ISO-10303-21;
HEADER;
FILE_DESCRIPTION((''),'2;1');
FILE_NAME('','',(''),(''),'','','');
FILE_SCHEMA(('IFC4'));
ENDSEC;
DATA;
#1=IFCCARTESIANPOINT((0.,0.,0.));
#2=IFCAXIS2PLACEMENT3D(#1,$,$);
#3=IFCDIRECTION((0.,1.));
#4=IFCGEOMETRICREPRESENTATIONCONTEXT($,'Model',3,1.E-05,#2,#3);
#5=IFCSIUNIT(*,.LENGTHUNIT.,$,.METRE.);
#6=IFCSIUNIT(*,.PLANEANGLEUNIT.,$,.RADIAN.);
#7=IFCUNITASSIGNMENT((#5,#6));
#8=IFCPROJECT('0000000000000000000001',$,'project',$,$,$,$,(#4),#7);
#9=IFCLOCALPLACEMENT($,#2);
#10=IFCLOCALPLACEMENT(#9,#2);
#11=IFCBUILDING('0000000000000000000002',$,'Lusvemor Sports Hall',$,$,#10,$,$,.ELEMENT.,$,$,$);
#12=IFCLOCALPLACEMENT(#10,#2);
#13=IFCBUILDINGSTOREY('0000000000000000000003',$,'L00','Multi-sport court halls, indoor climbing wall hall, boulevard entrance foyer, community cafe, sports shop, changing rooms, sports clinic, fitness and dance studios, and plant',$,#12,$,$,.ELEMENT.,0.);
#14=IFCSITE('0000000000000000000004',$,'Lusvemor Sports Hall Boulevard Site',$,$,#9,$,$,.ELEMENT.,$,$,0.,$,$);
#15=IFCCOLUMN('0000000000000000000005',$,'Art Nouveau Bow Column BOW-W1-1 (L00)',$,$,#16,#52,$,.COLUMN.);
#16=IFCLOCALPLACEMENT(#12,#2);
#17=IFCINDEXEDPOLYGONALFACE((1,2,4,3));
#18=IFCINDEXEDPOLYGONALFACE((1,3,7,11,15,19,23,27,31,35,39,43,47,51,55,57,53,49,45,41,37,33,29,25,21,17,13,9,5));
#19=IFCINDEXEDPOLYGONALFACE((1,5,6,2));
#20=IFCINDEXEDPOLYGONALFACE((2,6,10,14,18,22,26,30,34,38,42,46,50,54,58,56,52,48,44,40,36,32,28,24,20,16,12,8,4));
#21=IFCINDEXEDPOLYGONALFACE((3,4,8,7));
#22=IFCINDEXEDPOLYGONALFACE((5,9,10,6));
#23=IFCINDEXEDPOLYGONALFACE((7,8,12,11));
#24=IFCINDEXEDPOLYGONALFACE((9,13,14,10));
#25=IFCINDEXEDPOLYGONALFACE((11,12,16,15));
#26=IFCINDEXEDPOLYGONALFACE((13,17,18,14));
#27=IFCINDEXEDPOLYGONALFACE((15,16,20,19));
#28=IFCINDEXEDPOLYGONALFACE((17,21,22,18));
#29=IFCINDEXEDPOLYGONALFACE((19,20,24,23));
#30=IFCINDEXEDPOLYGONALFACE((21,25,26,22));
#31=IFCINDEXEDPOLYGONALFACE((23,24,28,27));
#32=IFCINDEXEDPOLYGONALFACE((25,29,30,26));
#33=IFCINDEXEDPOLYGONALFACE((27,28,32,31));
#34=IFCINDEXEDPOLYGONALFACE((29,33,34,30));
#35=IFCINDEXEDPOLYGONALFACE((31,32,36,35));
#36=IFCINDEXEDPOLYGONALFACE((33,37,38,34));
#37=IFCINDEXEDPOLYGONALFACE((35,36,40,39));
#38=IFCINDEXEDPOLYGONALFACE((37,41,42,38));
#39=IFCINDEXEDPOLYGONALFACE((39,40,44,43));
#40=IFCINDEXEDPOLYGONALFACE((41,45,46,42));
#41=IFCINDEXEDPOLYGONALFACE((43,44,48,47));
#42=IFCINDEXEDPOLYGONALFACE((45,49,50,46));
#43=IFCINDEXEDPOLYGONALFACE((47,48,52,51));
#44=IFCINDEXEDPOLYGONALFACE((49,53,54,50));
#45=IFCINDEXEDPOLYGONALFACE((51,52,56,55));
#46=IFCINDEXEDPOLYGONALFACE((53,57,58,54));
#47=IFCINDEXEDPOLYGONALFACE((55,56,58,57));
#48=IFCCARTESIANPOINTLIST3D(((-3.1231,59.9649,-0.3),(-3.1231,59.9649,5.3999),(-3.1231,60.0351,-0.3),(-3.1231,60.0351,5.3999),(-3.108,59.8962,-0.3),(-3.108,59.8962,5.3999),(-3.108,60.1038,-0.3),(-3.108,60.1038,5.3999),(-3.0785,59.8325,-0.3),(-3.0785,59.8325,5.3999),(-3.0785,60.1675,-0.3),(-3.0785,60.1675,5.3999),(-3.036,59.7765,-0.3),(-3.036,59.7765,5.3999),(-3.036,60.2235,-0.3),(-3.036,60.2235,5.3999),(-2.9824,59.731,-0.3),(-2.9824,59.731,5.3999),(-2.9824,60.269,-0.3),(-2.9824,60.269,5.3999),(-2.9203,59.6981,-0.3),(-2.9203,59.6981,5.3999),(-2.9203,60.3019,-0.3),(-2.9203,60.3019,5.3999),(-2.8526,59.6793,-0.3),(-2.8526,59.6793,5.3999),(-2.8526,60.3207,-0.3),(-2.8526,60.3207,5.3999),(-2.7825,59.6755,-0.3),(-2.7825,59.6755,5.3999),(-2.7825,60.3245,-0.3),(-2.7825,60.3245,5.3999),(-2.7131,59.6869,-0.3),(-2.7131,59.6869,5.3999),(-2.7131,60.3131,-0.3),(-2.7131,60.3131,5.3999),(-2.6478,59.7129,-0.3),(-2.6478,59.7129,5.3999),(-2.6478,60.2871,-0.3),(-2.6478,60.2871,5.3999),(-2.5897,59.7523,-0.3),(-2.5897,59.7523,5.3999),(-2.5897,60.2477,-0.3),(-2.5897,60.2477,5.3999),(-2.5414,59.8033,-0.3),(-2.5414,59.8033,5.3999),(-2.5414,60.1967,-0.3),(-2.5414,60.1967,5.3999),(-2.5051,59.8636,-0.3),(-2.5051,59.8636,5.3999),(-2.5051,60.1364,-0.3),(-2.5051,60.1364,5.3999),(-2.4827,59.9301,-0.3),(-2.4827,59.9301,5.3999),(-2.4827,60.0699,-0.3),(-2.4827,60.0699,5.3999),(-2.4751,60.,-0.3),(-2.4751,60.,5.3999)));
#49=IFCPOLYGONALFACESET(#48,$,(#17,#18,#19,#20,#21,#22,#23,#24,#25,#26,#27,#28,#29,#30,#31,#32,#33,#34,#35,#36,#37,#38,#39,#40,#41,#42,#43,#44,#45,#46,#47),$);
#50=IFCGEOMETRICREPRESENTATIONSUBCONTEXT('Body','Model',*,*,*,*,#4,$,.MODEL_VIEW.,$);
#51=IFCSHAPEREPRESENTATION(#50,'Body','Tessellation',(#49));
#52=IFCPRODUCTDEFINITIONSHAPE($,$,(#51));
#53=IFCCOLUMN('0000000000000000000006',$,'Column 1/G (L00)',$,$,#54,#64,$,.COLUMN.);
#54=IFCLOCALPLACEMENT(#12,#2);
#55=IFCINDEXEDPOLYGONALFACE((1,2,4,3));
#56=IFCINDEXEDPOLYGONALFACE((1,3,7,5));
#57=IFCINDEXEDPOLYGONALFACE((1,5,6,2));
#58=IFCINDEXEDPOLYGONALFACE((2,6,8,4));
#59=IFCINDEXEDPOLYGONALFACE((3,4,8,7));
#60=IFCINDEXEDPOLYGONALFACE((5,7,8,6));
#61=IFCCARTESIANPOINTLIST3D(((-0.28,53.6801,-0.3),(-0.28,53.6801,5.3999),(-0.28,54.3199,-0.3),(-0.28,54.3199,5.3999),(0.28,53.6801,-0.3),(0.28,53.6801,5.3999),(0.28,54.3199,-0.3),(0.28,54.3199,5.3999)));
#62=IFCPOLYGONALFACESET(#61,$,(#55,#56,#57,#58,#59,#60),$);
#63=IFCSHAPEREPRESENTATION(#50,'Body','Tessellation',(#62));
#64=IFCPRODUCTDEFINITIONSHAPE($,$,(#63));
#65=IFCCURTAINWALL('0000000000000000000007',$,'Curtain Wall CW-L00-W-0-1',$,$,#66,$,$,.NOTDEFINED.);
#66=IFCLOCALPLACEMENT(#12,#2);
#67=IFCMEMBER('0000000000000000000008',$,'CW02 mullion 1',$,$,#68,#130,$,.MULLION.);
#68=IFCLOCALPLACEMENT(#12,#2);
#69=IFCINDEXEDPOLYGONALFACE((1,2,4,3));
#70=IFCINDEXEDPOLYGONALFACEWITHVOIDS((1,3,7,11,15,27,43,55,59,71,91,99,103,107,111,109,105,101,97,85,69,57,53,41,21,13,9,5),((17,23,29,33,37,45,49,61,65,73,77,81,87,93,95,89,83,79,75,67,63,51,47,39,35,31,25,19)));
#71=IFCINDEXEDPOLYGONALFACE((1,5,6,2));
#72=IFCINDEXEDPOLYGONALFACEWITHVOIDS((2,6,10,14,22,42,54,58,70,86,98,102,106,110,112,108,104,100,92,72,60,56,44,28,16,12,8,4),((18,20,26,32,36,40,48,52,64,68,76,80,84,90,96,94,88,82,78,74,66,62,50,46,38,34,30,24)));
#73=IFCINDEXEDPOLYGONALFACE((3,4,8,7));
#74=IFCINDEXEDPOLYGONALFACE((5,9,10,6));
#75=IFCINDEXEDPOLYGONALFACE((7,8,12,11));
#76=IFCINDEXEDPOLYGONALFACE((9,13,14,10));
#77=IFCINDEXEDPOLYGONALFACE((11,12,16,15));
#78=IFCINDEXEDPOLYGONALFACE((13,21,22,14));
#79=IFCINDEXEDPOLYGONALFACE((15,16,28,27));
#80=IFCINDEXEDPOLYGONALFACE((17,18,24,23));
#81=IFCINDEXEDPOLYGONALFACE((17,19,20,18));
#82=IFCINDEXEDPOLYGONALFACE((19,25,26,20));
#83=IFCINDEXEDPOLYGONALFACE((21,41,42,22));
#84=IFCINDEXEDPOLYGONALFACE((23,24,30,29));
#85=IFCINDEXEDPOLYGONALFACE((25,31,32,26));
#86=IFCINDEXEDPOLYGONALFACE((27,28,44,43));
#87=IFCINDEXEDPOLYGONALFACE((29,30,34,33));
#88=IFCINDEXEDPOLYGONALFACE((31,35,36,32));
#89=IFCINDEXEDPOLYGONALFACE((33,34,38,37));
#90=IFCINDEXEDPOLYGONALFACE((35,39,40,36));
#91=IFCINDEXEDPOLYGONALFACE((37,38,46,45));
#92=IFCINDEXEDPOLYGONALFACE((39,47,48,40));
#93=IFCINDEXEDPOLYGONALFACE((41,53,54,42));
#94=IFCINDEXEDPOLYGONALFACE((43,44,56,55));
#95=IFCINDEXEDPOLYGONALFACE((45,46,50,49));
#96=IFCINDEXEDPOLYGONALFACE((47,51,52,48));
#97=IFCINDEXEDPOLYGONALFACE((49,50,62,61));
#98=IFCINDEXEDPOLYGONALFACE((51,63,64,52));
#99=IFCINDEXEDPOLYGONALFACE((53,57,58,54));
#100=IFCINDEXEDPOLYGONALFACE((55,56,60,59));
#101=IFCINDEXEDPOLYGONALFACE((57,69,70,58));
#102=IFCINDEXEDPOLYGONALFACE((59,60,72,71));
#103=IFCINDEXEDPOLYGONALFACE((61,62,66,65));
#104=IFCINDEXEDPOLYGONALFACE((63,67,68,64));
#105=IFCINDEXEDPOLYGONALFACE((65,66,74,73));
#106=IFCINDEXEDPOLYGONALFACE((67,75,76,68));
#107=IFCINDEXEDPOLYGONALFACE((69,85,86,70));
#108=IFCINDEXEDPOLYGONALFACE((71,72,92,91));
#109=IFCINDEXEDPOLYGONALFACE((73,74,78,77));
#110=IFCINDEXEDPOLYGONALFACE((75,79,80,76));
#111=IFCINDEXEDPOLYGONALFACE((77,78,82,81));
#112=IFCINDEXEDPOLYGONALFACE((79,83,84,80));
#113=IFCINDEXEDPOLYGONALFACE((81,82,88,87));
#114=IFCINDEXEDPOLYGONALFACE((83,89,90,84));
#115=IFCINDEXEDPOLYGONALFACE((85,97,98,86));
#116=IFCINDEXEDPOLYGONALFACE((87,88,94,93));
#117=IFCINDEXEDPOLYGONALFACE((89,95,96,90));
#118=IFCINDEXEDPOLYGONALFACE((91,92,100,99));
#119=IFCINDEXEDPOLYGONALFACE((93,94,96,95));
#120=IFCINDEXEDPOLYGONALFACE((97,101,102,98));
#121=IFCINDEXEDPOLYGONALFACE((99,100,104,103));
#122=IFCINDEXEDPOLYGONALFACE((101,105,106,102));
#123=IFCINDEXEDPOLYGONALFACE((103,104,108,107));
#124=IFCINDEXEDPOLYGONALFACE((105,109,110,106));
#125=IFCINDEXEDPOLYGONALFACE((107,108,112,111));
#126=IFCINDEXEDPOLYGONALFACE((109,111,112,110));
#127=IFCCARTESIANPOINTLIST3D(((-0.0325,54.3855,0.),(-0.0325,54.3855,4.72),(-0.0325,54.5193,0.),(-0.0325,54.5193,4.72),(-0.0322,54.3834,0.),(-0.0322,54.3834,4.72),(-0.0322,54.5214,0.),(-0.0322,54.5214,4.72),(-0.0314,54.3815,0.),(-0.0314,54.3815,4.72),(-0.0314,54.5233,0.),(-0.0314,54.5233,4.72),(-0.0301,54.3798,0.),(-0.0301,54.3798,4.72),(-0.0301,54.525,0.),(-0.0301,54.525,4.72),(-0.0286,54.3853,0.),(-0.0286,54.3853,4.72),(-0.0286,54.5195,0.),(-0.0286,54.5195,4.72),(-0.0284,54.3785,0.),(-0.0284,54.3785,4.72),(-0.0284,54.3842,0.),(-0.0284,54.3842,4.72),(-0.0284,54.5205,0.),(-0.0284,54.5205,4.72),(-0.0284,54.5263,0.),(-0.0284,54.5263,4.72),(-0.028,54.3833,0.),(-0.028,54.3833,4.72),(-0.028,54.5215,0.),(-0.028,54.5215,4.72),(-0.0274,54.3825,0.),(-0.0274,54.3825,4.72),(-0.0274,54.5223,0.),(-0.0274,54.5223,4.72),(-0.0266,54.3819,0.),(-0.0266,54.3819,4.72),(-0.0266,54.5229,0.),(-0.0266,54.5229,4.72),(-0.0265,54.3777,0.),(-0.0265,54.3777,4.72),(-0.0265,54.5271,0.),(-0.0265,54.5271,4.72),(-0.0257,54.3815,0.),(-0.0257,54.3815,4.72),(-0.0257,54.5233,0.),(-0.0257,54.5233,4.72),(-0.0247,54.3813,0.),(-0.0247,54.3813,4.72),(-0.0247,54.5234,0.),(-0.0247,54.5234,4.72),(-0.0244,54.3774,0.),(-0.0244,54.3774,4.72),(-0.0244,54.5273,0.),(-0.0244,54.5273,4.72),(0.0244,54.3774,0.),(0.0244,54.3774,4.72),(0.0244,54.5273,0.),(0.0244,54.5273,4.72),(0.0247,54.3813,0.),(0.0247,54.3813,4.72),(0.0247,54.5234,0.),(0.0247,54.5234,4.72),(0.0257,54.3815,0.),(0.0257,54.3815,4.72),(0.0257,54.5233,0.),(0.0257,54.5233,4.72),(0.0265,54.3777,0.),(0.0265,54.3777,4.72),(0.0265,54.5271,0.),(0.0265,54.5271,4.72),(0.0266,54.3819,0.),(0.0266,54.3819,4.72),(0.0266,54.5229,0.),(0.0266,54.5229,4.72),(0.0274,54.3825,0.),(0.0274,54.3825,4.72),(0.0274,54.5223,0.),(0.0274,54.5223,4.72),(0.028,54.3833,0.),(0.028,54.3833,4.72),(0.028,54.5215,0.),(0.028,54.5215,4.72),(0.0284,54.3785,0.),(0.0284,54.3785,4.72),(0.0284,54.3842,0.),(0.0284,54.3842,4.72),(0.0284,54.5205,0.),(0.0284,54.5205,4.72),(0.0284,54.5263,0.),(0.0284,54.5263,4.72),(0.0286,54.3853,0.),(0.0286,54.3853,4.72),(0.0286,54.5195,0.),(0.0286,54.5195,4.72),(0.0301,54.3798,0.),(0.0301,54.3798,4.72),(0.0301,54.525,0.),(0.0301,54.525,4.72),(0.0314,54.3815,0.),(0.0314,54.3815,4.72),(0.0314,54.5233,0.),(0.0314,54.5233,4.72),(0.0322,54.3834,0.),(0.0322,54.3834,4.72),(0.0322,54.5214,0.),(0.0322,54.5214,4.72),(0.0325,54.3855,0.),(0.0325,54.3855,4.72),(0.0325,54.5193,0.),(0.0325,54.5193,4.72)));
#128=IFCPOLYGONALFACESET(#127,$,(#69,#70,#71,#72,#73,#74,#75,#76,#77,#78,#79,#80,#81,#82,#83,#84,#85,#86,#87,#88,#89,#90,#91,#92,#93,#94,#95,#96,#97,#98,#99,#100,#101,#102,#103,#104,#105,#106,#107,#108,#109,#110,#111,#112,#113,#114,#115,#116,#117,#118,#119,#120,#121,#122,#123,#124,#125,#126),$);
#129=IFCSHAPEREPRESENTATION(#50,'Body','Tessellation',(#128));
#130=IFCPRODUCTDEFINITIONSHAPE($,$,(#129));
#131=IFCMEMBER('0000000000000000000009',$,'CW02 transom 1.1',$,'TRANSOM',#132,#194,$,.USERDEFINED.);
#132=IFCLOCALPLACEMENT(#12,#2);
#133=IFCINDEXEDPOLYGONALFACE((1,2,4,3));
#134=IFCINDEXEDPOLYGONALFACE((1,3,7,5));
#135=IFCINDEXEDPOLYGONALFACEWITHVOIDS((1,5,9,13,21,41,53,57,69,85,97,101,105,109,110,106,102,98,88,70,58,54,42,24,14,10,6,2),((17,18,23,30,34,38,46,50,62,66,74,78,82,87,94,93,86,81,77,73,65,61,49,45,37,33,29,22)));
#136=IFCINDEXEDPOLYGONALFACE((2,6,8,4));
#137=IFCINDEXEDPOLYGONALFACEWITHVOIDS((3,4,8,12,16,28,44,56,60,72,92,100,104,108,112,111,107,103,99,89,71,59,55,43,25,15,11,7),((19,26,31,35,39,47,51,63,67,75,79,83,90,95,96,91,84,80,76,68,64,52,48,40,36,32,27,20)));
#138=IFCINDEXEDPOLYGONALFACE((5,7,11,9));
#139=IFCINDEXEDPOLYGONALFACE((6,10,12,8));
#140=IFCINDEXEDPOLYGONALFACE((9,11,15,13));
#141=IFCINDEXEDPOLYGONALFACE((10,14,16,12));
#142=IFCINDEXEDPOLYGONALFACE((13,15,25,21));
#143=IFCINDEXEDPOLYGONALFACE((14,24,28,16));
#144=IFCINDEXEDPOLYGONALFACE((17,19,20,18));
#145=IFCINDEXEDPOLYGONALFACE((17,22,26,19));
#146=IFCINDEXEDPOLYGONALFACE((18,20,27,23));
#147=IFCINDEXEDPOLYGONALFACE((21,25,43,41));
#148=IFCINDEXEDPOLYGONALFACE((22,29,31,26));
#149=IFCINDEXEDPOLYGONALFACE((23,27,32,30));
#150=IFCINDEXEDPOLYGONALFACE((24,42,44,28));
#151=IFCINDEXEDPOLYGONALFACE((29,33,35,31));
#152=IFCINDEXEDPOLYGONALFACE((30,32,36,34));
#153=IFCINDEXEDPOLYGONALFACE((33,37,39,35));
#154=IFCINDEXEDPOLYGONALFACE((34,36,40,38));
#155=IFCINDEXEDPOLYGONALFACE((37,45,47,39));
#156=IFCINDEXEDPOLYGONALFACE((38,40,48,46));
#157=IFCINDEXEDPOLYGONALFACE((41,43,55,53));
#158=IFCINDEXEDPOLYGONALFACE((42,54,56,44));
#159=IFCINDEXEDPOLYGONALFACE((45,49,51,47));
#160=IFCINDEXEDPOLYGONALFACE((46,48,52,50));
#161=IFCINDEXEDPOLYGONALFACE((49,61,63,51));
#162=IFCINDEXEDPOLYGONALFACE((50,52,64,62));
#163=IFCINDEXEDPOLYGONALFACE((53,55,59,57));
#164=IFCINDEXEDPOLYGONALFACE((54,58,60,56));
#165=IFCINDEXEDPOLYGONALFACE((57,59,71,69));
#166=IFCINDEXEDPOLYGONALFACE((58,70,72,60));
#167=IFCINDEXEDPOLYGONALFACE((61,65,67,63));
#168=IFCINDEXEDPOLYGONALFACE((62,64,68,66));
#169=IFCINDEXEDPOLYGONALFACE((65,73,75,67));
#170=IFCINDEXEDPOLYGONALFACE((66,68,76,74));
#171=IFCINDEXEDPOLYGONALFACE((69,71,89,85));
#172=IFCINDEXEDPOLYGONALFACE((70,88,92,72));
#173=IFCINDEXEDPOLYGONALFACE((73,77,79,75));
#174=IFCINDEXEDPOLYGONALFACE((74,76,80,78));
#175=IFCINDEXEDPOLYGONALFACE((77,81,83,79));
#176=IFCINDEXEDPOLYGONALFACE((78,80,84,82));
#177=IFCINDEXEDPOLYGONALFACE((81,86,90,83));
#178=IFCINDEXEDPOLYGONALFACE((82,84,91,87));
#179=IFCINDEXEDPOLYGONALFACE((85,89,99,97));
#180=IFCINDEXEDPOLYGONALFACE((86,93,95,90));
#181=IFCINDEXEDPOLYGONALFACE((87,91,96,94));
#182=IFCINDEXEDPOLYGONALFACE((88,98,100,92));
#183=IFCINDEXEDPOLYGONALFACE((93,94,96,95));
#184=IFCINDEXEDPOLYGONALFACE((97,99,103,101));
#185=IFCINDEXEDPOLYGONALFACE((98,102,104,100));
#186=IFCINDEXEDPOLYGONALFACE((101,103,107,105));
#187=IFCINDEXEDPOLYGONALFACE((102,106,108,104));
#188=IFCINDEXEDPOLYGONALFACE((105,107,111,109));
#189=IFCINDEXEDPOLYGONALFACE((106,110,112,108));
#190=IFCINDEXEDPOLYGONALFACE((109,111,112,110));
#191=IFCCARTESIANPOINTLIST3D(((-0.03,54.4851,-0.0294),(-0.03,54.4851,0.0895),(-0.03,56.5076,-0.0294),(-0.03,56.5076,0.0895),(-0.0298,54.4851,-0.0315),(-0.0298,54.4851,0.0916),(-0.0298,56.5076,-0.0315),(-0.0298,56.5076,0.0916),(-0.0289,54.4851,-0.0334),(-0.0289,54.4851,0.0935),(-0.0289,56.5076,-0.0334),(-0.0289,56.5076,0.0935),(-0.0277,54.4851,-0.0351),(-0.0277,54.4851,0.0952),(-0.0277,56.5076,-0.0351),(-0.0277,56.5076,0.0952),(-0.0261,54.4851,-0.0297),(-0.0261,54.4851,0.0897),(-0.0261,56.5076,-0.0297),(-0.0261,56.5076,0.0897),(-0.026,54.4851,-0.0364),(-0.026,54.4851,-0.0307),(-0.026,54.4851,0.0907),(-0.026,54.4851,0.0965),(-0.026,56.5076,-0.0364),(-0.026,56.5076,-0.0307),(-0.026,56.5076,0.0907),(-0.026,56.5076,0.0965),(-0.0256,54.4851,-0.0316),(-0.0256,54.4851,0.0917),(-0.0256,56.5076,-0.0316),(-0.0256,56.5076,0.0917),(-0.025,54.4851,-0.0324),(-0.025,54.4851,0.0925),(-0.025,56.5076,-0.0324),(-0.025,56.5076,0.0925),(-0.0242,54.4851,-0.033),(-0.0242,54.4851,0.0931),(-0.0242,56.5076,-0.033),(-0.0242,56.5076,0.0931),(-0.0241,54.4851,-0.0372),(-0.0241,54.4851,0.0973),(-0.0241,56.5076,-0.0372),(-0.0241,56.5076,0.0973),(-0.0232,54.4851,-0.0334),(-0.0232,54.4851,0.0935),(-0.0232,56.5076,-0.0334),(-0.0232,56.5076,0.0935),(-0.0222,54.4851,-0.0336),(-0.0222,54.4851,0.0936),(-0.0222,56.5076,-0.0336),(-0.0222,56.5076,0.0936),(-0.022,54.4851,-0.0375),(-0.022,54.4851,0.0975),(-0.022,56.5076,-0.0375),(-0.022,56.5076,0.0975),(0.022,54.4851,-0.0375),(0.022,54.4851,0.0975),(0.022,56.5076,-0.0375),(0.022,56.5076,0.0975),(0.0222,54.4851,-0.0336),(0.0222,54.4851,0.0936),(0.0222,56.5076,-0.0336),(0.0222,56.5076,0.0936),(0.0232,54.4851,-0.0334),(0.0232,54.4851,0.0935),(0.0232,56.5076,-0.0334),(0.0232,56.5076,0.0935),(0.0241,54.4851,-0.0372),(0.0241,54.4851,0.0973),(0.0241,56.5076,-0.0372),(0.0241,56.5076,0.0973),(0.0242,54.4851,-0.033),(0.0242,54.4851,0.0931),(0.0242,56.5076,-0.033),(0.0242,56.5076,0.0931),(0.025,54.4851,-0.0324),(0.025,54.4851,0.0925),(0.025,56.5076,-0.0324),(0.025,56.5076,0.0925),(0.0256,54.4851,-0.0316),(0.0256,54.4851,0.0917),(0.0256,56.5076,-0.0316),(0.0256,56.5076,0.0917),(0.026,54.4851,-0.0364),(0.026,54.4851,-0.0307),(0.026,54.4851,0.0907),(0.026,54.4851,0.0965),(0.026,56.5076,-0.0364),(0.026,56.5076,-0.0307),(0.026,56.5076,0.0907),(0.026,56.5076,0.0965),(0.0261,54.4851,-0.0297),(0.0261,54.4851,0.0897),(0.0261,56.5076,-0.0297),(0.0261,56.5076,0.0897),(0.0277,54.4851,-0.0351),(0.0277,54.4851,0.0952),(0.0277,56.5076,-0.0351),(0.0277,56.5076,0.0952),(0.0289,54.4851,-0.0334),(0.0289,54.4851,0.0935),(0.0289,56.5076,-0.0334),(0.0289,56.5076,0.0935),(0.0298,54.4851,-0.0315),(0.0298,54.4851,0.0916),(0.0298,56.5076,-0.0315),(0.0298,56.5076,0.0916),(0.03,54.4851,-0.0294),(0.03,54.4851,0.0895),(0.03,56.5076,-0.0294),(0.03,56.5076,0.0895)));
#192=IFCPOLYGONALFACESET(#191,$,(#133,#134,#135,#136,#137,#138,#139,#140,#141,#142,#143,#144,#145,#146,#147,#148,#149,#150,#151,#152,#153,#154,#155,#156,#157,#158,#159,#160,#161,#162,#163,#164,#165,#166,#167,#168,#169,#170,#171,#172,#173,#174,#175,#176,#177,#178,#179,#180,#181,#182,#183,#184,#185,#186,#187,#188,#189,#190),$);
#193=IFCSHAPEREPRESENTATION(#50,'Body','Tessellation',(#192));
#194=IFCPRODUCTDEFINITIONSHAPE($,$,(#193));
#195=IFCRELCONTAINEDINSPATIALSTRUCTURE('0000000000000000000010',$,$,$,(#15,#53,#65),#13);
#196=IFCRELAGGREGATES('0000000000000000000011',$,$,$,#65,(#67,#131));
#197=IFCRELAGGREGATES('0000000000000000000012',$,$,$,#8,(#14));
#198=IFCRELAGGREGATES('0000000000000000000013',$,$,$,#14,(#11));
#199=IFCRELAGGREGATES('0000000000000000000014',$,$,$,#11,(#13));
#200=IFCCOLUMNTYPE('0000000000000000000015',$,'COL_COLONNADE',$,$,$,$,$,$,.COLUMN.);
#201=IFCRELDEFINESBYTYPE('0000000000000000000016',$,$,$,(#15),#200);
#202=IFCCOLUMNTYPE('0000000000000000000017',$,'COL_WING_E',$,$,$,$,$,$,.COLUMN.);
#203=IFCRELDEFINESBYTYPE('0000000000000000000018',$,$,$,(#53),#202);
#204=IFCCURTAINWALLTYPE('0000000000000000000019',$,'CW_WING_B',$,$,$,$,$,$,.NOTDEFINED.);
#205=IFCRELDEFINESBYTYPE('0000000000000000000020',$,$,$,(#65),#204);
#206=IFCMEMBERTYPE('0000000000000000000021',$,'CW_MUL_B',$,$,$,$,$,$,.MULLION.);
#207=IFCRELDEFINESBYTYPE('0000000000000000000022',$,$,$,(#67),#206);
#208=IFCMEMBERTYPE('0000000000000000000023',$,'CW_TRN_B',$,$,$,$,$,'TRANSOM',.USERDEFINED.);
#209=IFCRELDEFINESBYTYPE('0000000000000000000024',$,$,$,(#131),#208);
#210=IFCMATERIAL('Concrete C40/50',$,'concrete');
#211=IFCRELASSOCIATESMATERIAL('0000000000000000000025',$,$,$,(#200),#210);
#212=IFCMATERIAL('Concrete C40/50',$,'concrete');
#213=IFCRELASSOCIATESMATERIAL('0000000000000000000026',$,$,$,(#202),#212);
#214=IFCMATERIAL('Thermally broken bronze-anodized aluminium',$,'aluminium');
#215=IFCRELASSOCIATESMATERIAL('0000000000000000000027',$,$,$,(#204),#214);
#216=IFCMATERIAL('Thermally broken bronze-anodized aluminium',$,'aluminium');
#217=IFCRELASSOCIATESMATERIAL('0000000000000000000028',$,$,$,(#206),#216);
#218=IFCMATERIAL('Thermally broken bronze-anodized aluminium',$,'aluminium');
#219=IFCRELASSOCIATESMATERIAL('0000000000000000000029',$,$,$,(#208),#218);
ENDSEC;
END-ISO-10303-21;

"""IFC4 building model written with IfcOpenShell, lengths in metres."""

from ifc_helpers import new_model, si_unit, direction, frame, origin, origin_2d, place, context, subcontext, project, spatial, rectangle, hollow_rectangle, circle, extrude, material, material_profile, profile_set, type_object, element, aggregate, save


model = new_model("IFC4")

# Units and contexts
model_context = context("Model", 3, precision=1e-05, world=origin(), true_north=direction((0.0, 1.0)))
body_context = subcontext(model_context, "Body", "Model", "MODEL_VIEW")
ifc_project = project(units=[si_unit("LENGTHUNIT", "METRE"), si_unit("PLANEANGLEUNIT", "RADIAN")], contexts=[model_context])

# Site, building, storey
site_placement = place(None, origin())
site = spatial("IfcSite", under=ifc_project, at=site_placement, Name="Lusvemor Sports Hall Boulevard Site", CompositionType="ELEMENT", RefElevation=0.0)
building_placement = place(site_placement, origin())
building = spatial("IfcBuilding", under=site, at=building_placement, Name="Lusvemor Sports Hall", CompositionType="ELEMENT")
storey_placement = place(building_placement, origin())
storey = spatial("IfcBuildingStorey", under=building, at=storey_placement, Name="L00", Description="Multi-sport court halls, indoor climbing wall hall, boulevard entrance foyer, community cafe, sports shop, changing rooms, sports clinic, fitness and dance studios, and plant", CompositionType="ELEMENT", Elevation=0.0)

# Columns
ifc_material_1 = material(Name="Concrete C40/50", Category="concrete")
ifc_material_profile_1 = material_profile(ifc_material_1, circle(Radius=0.325, at=origin_2d()), Name="RCCIRC650")
ifc_profile_set_1 = profile_set([ifc_material_profile_1], Name="Concrete C40/50")
column_type_1 = type_object("IfcColumnType", Name="COL_COLONNADE", PredefinedType="COLUMN", material=ifc_profile_set_1)
column_1_placement = place(storey_placement, frame((-2.8, 60.0, -0.3), z_axis=(0.0, 0.0, 1.0), x_axis=(1.0, 0.0, 0.0)))
element("IfcColumn", 1, at=column_1_placement, inside=storey, type_object=column_type_1, Name="Art Nouveau Bow Column BOW-W1-1 (L00)", PredefinedType="COLUMN", context=body_context, shape_type="SweptSolid", body=[
    extrude(circle(Radius=0.325, at=origin_2d()), origin(), (0.0, 0.0, 1.0), 5.7),
])
ifc_material_2 = material(Name="Concrete C40/50", Category="concrete")
ifc_material_profile_2 = material_profile(ifc_material_2, rectangle(XDim=0.5601, YDim=0.6399, at=origin_2d()), Name="RC560x640")
ifc_profile_set_2 = profile_set([ifc_material_profile_2], Name="Concrete C40/50")
column_type_2 = type_object("IfcColumnType", Name="COL_WING_E", PredefinedType="COLUMN", material=ifc_profile_set_2)
column_2_placement = place(storey_placement, frame((0.0, 54.0, -0.3), z_axis=(0.0, 0.0, 1.0), x_axis=(1.0, 0.0, 0.0)))
element("IfcColumn", 2, at=column_2_placement, inside=storey, type_object=column_type_2, Name="Column 1/G (L00)", PredefinedType="COLUMN", context=body_context, shape_type="SweptSolid", body=[
    extrude(rectangle(XDim=0.5601, YDim=0.6399, at=origin_2d()), origin(), (0.0, 0.0, 1.0), 5.7),
])

# Curtain wall, members
ifc_material_3 = material(Name="Thermally broken bronze-anodized aluminium", Category="aluminium")
curtain_wall_type = type_object("IfcCurtainWallType", Name="CW_WING_B", PredefinedType="NOTDEFINED", material=ifc_material_3)
curtain_wall_placement = place(storey_placement, origin())
curtain_wall = element("IfcCurtainWall", 3, at=curtain_wall_placement, inside=storey, type_object=curtain_wall_type, Name="Curtain Wall CW-L00-W-0-1", PredefinedType="NOTDEFINED")
ifc_material_4 = material(Name="Thermally broken bronze-anodized aluminium", Category="aluminium")
ifc_material_profile_3 = material_profile(ifc_material_4, hollow_rectangle(XDim=0.0649, YDim=0.1499, WallThickness=0.0039, InnerFilletRadius=0.0039, OuterFilletRadius=0.0081, at=origin_2d()), Name="CWMUL150x65x4")
ifc_profile_set_3 = profile_set([ifc_material_profile_3], Name="Thermally broken bronze-anodized aluminium")
member_type_1 = type_object("IfcMemberType", Name="CW_MUL_B", PredefinedType="MULLION", material=ifc_profile_set_3)
member_1_placement = place(storey_placement, frame((0.0, 54.4524, 0.0), z_axis=(0.0, 0.0, 1.0), x_axis=(-1.0, 0.0, 0.0)))
member_1 = element("IfcMember", 4, at=member_1_placement, type_object=member_type_1, Name="CW02 mullion 1", PredefinedType="MULLION", context=body_context, shape_type="SweptSolid", body=[
    extrude(hollow_rectangle(XDim=0.0649, YDim=0.1499, WallThickness=0.0039, InnerFilletRadius=0.0039, OuterFilletRadius=0.0081, at=origin_2d()), origin(), (0.0, 0.0, 1.0), 4.72),
])
ifc_material_5 = material(Name="Thermally broken bronze-anodized aluminium", Category="aluminium")
ifc_material_profile_4 = material_profile(ifc_material_5, hollow_rectangle(XDim=0.0601, YDim=0.135, WallThickness=0.0039, InnerFilletRadius=0.0039, OuterFilletRadius=0.0081, at=origin_2d()), Name="CWTRN135x60x4")
ifc_profile_set_4 = profile_set([ifc_material_profile_4], Name="Thermally broken bronze-anodized aluminium")
member_type_2 = type_object("IfcMemberType", Name="CW_TRN_B", ElementType="TRANSOM", PredefinedType="USERDEFINED", material=ifc_profile_set_4)
member_2_placement = place(storey_placement, frame((0.0, 54.4851, 0.03), z_axis=(0.0, 1.0, 0.0), x_axis=(-1.0, 0.0, 0.0)))
member_2 = element("IfcMember", 5, at=member_2_placement, type_object=member_type_2, Name="CW02 transom 1.1", ObjectType="TRANSOM", PredefinedType="USERDEFINED", context=body_context, shape_type="SweptSolid", body=[
    extrude(hollow_rectangle(XDim=0.0601, YDim=0.135, WallThickness=0.0039, InnerFilletRadius=0.0039, OuterFilletRadius=0.0081, at=origin_2d()), origin(), (0.0, 0.0, 1.0), 2.0225),
])
aggregate(curtain_wall, [member_1, member_2])

save(model, "model.ifc")
